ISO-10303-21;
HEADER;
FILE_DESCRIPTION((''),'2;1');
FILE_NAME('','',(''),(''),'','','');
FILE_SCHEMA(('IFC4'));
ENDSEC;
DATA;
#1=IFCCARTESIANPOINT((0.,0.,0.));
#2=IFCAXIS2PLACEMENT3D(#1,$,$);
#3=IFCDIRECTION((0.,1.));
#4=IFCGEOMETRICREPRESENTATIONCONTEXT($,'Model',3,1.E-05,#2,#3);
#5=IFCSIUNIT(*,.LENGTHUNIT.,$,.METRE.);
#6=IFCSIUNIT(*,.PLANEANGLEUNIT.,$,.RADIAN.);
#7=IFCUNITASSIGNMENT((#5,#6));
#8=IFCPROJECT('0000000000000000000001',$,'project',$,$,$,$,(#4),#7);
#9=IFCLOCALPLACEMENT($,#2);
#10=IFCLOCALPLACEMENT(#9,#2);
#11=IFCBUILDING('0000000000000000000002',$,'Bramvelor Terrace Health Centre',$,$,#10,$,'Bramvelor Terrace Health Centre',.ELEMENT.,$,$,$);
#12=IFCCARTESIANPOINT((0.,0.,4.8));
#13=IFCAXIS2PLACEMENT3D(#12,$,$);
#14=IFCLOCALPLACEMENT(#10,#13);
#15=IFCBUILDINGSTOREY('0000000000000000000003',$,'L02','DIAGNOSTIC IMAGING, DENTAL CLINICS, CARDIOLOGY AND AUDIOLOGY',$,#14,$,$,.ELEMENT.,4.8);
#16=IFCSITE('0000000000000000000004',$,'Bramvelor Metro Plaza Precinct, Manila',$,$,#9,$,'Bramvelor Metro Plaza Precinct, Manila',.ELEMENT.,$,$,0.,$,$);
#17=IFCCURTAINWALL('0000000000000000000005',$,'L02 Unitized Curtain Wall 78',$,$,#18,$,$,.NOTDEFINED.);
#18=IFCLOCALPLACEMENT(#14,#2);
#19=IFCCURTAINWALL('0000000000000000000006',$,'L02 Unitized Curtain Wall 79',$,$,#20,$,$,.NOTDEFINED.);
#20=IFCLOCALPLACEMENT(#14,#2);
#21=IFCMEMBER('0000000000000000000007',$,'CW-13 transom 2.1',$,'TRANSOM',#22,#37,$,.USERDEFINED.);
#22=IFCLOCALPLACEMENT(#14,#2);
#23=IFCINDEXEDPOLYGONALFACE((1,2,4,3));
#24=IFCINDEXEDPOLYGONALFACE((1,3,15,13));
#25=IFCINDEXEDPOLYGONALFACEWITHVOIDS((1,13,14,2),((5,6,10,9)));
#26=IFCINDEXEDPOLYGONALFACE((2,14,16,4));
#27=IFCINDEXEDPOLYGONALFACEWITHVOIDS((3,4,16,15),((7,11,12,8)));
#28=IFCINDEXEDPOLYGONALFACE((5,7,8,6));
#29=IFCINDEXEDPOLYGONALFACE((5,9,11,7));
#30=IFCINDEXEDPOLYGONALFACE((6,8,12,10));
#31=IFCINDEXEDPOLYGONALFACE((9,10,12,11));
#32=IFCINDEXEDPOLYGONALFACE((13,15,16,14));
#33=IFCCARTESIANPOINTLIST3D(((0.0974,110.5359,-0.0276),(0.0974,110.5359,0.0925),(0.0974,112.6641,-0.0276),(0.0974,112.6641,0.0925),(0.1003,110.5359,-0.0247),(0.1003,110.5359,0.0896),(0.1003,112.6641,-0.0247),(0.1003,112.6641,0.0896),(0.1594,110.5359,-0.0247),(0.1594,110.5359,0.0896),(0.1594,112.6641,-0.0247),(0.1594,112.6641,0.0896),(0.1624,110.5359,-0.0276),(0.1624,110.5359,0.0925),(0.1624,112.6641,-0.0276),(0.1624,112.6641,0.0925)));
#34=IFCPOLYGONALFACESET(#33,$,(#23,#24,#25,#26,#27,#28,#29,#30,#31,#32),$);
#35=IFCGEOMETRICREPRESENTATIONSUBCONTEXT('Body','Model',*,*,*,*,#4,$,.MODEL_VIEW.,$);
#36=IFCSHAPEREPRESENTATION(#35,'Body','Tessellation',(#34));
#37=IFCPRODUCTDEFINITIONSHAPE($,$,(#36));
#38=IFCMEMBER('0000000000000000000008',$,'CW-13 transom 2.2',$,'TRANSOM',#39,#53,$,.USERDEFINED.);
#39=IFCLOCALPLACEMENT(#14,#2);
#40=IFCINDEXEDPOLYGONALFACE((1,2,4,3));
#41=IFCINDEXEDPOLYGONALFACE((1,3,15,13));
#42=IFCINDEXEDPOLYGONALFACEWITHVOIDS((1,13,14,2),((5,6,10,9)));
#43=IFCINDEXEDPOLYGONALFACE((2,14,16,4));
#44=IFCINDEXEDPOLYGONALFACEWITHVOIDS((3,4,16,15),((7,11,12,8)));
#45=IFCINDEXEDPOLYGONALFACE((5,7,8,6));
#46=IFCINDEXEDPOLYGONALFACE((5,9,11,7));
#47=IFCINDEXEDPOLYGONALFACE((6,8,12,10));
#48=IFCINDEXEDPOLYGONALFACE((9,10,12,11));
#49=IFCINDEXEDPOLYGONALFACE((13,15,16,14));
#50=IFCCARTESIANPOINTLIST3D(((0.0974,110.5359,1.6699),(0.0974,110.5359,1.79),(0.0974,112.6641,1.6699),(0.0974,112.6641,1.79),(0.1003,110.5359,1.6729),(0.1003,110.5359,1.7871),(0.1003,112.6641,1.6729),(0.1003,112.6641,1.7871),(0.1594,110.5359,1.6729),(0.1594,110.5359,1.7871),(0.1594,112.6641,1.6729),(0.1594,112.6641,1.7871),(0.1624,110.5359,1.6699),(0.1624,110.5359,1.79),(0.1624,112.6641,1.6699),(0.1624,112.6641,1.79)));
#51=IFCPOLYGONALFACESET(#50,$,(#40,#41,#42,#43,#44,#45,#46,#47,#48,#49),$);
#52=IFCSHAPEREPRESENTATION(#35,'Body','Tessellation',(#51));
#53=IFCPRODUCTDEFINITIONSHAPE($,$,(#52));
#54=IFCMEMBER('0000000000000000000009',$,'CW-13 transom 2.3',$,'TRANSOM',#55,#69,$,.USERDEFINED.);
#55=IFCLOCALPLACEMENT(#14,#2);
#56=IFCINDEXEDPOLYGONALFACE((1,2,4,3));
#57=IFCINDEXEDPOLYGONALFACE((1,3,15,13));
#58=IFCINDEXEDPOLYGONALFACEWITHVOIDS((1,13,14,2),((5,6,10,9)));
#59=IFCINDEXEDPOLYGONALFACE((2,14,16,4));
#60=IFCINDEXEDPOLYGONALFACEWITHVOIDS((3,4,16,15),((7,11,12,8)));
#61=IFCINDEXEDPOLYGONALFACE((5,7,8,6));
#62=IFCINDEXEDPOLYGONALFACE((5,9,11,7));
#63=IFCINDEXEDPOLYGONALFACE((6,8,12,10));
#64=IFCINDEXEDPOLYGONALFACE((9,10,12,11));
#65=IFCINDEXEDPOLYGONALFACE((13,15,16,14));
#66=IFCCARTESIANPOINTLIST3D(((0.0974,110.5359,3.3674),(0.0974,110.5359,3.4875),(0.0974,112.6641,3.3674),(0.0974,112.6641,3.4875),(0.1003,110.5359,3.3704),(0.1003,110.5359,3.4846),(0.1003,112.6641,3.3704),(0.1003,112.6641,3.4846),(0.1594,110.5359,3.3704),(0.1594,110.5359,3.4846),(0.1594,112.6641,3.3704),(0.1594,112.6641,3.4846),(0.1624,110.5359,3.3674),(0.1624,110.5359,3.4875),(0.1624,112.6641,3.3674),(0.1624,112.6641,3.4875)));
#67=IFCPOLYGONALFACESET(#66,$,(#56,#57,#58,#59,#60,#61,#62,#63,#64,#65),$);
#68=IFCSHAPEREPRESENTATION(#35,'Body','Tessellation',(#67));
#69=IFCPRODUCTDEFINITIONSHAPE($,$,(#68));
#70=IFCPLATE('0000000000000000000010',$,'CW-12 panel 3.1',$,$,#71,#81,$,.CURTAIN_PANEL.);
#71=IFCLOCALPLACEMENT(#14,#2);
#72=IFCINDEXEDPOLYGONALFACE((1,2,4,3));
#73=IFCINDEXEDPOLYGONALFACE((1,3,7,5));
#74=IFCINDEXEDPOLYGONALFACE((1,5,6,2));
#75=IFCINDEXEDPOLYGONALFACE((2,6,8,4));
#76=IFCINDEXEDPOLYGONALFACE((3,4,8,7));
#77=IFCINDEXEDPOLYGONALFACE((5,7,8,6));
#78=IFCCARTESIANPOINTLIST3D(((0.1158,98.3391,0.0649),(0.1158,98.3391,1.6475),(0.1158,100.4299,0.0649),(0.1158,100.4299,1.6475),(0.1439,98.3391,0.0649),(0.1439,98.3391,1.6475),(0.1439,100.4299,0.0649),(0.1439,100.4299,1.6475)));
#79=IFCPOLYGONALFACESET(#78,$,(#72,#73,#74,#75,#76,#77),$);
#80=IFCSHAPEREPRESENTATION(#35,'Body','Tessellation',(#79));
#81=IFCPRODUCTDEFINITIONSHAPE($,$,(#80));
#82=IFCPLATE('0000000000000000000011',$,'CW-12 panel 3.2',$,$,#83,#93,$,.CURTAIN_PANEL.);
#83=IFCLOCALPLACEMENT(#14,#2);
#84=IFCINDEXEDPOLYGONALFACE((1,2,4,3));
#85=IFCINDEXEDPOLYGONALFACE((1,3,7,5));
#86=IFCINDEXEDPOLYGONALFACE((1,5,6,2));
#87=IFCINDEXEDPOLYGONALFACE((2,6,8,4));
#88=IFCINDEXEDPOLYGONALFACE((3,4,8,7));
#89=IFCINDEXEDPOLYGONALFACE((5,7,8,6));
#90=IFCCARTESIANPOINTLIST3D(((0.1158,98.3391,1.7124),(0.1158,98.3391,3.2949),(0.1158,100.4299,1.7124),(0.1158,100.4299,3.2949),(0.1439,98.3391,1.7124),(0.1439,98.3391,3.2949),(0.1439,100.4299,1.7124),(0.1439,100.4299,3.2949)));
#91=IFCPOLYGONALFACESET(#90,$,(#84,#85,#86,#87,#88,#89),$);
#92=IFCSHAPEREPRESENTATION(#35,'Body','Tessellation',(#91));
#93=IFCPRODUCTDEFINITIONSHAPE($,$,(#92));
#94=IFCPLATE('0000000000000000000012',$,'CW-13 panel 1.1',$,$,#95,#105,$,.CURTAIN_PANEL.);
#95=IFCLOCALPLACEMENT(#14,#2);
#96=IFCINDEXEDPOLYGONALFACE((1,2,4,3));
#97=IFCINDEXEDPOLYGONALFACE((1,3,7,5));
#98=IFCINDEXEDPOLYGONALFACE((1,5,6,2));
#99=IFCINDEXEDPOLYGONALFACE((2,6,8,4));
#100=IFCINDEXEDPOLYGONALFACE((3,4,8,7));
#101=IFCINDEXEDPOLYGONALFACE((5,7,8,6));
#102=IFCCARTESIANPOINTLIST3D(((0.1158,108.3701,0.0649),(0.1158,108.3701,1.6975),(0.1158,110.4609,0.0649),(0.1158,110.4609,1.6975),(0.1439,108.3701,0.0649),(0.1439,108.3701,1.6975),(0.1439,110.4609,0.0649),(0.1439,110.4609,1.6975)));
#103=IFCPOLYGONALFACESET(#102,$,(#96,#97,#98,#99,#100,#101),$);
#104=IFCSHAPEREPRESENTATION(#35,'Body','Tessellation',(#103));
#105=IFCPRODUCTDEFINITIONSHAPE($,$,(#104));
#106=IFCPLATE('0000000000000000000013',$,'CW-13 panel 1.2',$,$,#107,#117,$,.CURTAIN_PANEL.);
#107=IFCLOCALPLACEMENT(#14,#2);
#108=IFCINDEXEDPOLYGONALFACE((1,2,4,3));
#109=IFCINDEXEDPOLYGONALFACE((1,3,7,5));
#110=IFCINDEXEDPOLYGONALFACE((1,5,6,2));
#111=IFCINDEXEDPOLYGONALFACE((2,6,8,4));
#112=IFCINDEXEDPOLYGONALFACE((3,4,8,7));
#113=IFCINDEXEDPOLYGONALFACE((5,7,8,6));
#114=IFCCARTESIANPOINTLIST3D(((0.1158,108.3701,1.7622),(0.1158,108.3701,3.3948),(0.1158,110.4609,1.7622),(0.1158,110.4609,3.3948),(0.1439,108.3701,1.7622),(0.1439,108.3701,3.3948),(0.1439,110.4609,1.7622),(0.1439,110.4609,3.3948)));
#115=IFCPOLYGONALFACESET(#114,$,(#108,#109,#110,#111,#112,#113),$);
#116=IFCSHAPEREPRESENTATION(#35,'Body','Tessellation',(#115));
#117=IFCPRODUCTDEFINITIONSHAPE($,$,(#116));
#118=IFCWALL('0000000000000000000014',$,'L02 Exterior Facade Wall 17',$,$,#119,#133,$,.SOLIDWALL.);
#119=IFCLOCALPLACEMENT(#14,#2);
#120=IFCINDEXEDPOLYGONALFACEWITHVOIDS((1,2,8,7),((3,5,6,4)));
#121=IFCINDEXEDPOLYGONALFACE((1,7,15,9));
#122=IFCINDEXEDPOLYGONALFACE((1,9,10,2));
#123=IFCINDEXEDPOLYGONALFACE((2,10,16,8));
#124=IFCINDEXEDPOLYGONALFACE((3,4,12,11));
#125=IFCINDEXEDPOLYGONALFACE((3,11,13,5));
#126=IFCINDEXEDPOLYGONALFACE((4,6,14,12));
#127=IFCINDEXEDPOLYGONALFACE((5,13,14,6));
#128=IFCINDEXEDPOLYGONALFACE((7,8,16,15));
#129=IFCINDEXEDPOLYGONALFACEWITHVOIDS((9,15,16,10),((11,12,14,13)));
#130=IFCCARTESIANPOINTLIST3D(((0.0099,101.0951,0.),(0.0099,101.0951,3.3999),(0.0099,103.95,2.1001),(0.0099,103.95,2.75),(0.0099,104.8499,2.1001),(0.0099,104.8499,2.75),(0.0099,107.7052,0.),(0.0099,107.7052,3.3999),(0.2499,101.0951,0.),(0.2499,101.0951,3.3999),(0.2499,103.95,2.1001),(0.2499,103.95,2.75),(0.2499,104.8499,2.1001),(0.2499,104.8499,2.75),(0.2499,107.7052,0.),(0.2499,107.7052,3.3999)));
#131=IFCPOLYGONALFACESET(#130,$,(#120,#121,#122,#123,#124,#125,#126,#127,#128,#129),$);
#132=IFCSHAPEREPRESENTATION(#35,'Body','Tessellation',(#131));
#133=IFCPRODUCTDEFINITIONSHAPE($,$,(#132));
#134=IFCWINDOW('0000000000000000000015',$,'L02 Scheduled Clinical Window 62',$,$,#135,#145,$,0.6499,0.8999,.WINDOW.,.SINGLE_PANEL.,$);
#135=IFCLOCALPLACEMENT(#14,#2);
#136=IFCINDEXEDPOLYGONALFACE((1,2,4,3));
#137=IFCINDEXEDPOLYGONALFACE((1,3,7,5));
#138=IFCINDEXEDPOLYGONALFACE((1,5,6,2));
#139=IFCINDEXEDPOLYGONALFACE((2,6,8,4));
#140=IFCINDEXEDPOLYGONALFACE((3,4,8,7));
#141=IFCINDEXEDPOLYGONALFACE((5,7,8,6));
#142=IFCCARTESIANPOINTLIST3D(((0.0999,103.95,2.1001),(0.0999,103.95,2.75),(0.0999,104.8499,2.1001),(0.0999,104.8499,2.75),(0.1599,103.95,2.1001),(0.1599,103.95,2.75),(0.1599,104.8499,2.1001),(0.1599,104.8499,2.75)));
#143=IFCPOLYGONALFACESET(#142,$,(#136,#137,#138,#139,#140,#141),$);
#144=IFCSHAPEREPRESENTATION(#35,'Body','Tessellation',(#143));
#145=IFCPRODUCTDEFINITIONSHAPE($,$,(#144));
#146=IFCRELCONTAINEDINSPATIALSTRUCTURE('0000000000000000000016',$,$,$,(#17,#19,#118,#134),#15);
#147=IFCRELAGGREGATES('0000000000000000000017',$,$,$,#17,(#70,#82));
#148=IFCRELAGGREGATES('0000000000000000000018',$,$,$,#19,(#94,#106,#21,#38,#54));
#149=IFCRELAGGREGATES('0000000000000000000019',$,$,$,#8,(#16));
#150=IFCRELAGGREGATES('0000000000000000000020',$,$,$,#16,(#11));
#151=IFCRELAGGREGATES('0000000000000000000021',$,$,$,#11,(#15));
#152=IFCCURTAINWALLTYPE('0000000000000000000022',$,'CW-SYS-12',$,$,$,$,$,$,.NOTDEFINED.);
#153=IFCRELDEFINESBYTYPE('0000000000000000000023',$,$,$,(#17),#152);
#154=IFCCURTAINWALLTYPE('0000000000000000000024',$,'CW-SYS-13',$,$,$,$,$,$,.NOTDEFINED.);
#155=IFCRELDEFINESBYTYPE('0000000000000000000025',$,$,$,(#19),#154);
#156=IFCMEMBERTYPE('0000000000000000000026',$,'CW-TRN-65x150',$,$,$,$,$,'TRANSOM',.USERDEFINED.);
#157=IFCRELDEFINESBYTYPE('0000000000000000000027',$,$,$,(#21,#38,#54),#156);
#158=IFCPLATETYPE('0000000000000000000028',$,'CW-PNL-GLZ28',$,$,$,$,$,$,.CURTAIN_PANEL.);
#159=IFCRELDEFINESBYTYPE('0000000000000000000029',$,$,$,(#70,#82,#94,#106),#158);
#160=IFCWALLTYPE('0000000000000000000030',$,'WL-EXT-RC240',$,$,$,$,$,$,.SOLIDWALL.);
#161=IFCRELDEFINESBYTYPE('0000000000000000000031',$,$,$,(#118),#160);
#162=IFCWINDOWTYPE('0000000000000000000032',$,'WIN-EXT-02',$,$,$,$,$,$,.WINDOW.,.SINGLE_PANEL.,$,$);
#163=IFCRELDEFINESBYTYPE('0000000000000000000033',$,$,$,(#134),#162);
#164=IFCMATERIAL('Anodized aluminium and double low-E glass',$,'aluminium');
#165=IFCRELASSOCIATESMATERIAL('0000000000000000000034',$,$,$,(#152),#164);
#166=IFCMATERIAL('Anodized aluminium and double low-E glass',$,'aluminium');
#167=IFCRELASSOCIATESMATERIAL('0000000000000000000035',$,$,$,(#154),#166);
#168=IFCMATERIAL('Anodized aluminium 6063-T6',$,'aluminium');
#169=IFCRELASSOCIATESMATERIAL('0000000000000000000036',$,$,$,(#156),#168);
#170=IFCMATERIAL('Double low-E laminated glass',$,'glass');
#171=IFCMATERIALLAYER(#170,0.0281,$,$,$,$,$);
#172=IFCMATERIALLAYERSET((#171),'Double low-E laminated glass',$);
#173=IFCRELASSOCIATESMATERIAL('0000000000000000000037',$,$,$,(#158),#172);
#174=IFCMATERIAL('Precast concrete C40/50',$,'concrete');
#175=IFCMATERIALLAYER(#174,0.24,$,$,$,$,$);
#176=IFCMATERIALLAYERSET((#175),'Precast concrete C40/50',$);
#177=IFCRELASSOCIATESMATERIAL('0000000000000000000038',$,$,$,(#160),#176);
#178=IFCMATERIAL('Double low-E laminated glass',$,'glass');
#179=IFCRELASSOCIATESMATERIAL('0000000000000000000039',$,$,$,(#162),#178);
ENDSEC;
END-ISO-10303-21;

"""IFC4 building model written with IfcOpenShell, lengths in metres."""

from ifc_helpers import new_model, si_unit, direction, frame, frame_2d, origin, origin_2d, place, context, subcontext, project, spatial, rectangle, hollow_rectangle, extrude, material, layer, layer_set, material_profile, profile_set, type_object, element, fill, aggregate, save


model = new_model("IFC4")

# Units and contexts
model_context = context("Model", 3, precision=1e-05, world=origin(), true_north=direction((0.0, 1.0)))
body_context = subcontext(model_context, "Body", "Model", "MODEL_VIEW")
ifc_project = project(units=[si_unit("LENGTHUNIT", "METRE"), si_unit("PLANEANGLEUNIT", "RADIAN")], contexts=[model_context])

# Site, building, storey
site_placement = place(None, origin())
site = spatial("IfcSite", under=ifc_project, at=site_placement, Name="Bramvelor Metro Plaza Precinct, Manila", LongName="Bramvelor Metro Plaza Precinct, Manila", CompositionType="ELEMENT", RefElevation=0.0)
building_placement = place(site_placement, origin())
building = spatial("IfcBuilding", under=site, at=building_placement, Name="Bramvelor Terrace Health Centre", LongName="Bramvelor Terrace Health Centre", CompositionType="ELEMENT")
storey_placement = place(building_placement, frame((0.0, 0.0, 4.8)))
storey = spatial("IfcBuildingStorey", under=building, at=storey_placement, Name="L02", Description="DIAGNOSTIC IMAGING, DENTAL CLINICS, CARDIOLOGY AND AUDIOLOGY", CompositionType="ELEMENT", Elevation=4.8)

# Curtain wall
ifc_material_1 = material(Name="Anodized aluminium and double low-E glass", Category="aluminium")
curtain_wall_type_1 = type_object("IfcCurtainWallType", Name="CW-SYS-12", PredefinedType="NOTDEFINED", material=ifc_material_1)
curtain_wall_1_placement = place(storey_placement, origin())
curtain_wall_1 = element("IfcCurtainWall", 1, at=curtain_wall_1_placement, inside=storey, type_object=curtain_wall_type_1, Name="L02 Unitized Curtain Wall 78", PredefinedType="NOTDEFINED")

# Curtain wall
ifc_material_2 = material(Name="Anodized aluminium and double low-E glass", Category="aluminium")
curtain_wall_type_2 = type_object("IfcCurtainWallType", Name="CW-SYS-13", PredefinedType="NOTDEFINED", material=ifc_material_2)
curtain_wall_2_placement = place(storey_placement, origin())
curtain_wall_2 = element("IfcCurtainWall", 2, at=curtain_wall_2_placement, inside=storey, type_object=curtain_wall_type_2, Name="L02 Unitized Curtain Wall 79", PredefinedType="NOTDEFINED")

# Members
ifc_material_3 = material(Name="Anodized aluminium 6063-T6", Category="aluminium")
ifc_material_profile_1 = material_profile(ifc_material_3, hollow_rectangle(XDim=0.0649, YDim=0.1201, WallThickness=0.0029, at=origin_2d()), Name="ALU-TRN 65x120x3.0")
ifc_profile_set_1 = profile_set([ifc_material_profile_1], Name="Anodized aluminium 6063-T6")
member_type_1 = type_object("IfcMemberType", Name="CW-TRN-65x150", ElementType="TRANSOM", PredefinedType="USERDEFINED", material=ifc_profile_set_1)
member_1_placement = place(storey_placement, frame((0.1299, 110.5359, 0.0325), z_axis=(0.0, 1.0, 0.0), x_axis=(-1.0, 0.0, 0.0)))
member_1 = element("IfcMember", 3, at=member_1_placement, type_object=member_type_1, Name="CW-13 transom 2.1", ObjectType="TRANSOM", PredefinedType="USERDEFINED", context=body_context, shape_type="SweptSolid", body=[
    extrude(hollow_rectangle(XDim=0.0649, YDim=0.1201, WallThickness=0.0029, at=origin_2d()), origin(), (0.0, 0.0, 1.0), 2.1282),
])
member_2_placement = place(storey_placement, frame((0.1299, 110.5359, 1.73), z_axis=(0.0, 1.0, 0.0), x_axis=(-1.0, 0.0, 0.0)))
member_2 = element("IfcMember", 4, at=member_2_placement, type_object=member_type_1, Name="CW-13 transom 2.2", ObjectType="TRANSOM", PredefinedType="USERDEFINED", context=body_context, shape_type="SweptSolid", body=[
    extrude(hollow_rectangle(XDim=0.0649, YDim=0.1201, WallThickness=0.0029, at=origin_2d()), origin(), (0.0, 0.0, 1.0), 2.1282),
])
member_3_placement = place(storey_placement, frame((0.1299, 110.5359, 3.4275), z_axis=(0.0, 1.0, 0.0), x_axis=(-1.0, 0.0, 0.0)))
member_3 = element("IfcMember", 5, at=member_3_placement, type_object=member_type_1, Name="CW-13 transom 2.3", ObjectType="TRANSOM", PredefinedType="USERDEFINED", context=body_context, shape_type="SweptSolid", body=[
    extrude(hollow_rectangle(XDim=0.0649, YDim=0.1201, WallThickness=0.0029, at=origin_2d()), origin(), (0.0, 0.0, 1.0), 2.1282),
])

# Plates
ifc_material_4 = material(Name="Double low-E laminated glass", Category="glass")
ifc_layer_1 = layer(ifc_material_4, 0.0281)
ifc_layer_set_1 = layer_set([ifc_layer_1], Name="Double low-E laminated glass")
plate_type = type_object("IfcPlateType", Name="CW-PNL-GLZ28", PredefinedType="CURTAIN_PANEL", material=ifc_layer_set_1)
plate_1_placement = place(storey_placement, frame((0.1299, 99.3845, 0.0649), z_axis=(0.0, 0.0, 1.0), x_axis=(0.0, 1.0, 0.0)))
plate_1 = element("IfcPlate", 6, at=plate_1_placement, type_object=plate_type, Name="CW-12 panel 3.1", PredefinedType="CURTAIN_PANEL", context=body_context, shape_type="SweptSolid", body=[
    extrude(rectangle(XDim=2.0908, YDim=0.0281, at=origin_2d()), origin(), (0.0, 0.0, 1.0), 1.5825),
])
plate_2_placement = place(storey_placement, frame((0.1299, 99.3845, 1.7124), z_axis=(0.0, 0.0, 1.0), x_axis=(0.0, 1.0, 0.0)))
plate_2 = element("IfcPlate", 7, at=plate_2_placement, type_object=plate_type, Name="CW-12 panel 3.2", PredefinedType="CURTAIN_PANEL", context=body_context, shape_type="SweptSolid", body=[
    extrude(rectangle(XDim=2.0908, YDim=0.0281, at=origin_2d()), origin(), (0.0, 0.0, 1.0), 1.5825),
])
aggregate(curtain_wall_1, [plate_1, plate_2])
plate_3_placement = place(storey_placement, frame((0.1299, 109.4155, 0.0649), z_axis=(0.0, 0.0, 1.0), x_axis=(0.0, 1.0, 0.0)))
plate_3 = element("IfcPlate", 8, at=plate_3_placement, type_object=plate_type, Name="CW-13 panel 1.1", PredefinedType="CURTAIN_PANEL", context=body_context, shape_type="SweptSolid", body=[
    extrude(rectangle(XDim=2.0908, YDim=0.0281, at=origin_2d()), origin(), (0.0, 0.0, 1.0), 1.6326),
])
plate_4_placement = place(storey_placement, frame((0.1299, 109.4155, 1.7622), z_axis=(0.0, 0.0, 1.0), x_axis=(0.0, 1.0, 0.0)))
plate_4 = element("IfcPlate", 9, at=plate_4_placement, type_object=plate_type, Name="CW-13 panel 1.2", PredefinedType="CURTAIN_PANEL", context=body_context, shape_type="SweptSolid", body=[
    extrude(rectangle(XDim=2.0908, YDim=0.0281, at=origin_2d()), origin(), (0.0, 0.0, 1.0), 1.6326),
])
aggregate(curtain_wall_2, [plate_3, plate_4, member_1, member_2, member_3])

# Wall, opening, window
ifc_material_5 = material(Name="Precast concrete C40/50", Category="concrete")
ifc_layer_2 = layer(ifc_material_5, 0.24)
ifc_layer_set_2 = layer_set([ifc_layer_2], Name="Precast concrete C40/50")
wall_type = type_object("IfcWallType", Name="WL-EXT-RC240", PredefinedType="SOLIDWALL", material=ifc_layer_set_2)
wall_placement = place(storey_placement, frame((0.1299, 101.095, 0.0), z_axis=(0.0, 0.0, 1.0), x_axis=(0.0, 1.0, 0.0)))
wall = element("IfcWall", 10, at=wall_placement, inside=storey, type_object=wall_type, Name="L02 Exterior Facade Wall 17", PredefinedType="SOLIDWALL", context=body_context, shape_type="SweptSolid", body=[
    extrude(rectangle(XDim=6.6101, YDim=0.24, at=frame_2d((3.3052, 0.0))), origin(), (0.0, 0.0, 1.0), 3.3999),
])
opening_placement = place(wall_placement, frame((2.855, 0.0, 2.1001)))
opening = element("IfcOpeningElement", 11, at=opening_placement, cuts=wall, PredefinedType="OPENING", context=body_context, shape_type="SweptSolid", body=[
    extrude(rectangle(XDim=0.8999, YDim=0.6499, at=frame_2d((0.45, 0.325))), frame((0.0, 0.1299, 0.0), z_axis=(0.0, -1.0, 0.0), x_axis=(1.0, 0.0, 0.0)), (0.0, 0.0, 1.0), 0.26),
])
ifc_material_6 = material(Name="Double low-E laminated glass", Category="glass")
window_type = type_object("IfcWindowType", Name="WIN-EXT-02", PartitioningType="SINGLE_PANEL", PredefinedType="WINDOW", material=ifc_material_6)
window_placement = place(opening_placement, origin())
window = element("IfcWindow", 12, at=window_placement, inside=storey, type_object=window_type, Name="L02 Scheduled Clinical Window 62", OverallHeight=0.6499, OverallWidth=0.8999, PartitioningType="SINGLE_PANEL", PredefinedType="WINDOW", context=body_context, shape_type="SweptSolid", body=[
    extrude(rectangle(XDim=0.8999, YDim=0.6499, at=frame_2d((0.45, 0.325))), frame((0.0, 0.03, 0.0), z_axis=(0.0, -1.0, 0.0), x_axis=(1.0, 0.0, 0.0)), (0.0, 0.0, 1.0), 0.0601),
])
fill(opening, window)

save(model, "model.ifc")
